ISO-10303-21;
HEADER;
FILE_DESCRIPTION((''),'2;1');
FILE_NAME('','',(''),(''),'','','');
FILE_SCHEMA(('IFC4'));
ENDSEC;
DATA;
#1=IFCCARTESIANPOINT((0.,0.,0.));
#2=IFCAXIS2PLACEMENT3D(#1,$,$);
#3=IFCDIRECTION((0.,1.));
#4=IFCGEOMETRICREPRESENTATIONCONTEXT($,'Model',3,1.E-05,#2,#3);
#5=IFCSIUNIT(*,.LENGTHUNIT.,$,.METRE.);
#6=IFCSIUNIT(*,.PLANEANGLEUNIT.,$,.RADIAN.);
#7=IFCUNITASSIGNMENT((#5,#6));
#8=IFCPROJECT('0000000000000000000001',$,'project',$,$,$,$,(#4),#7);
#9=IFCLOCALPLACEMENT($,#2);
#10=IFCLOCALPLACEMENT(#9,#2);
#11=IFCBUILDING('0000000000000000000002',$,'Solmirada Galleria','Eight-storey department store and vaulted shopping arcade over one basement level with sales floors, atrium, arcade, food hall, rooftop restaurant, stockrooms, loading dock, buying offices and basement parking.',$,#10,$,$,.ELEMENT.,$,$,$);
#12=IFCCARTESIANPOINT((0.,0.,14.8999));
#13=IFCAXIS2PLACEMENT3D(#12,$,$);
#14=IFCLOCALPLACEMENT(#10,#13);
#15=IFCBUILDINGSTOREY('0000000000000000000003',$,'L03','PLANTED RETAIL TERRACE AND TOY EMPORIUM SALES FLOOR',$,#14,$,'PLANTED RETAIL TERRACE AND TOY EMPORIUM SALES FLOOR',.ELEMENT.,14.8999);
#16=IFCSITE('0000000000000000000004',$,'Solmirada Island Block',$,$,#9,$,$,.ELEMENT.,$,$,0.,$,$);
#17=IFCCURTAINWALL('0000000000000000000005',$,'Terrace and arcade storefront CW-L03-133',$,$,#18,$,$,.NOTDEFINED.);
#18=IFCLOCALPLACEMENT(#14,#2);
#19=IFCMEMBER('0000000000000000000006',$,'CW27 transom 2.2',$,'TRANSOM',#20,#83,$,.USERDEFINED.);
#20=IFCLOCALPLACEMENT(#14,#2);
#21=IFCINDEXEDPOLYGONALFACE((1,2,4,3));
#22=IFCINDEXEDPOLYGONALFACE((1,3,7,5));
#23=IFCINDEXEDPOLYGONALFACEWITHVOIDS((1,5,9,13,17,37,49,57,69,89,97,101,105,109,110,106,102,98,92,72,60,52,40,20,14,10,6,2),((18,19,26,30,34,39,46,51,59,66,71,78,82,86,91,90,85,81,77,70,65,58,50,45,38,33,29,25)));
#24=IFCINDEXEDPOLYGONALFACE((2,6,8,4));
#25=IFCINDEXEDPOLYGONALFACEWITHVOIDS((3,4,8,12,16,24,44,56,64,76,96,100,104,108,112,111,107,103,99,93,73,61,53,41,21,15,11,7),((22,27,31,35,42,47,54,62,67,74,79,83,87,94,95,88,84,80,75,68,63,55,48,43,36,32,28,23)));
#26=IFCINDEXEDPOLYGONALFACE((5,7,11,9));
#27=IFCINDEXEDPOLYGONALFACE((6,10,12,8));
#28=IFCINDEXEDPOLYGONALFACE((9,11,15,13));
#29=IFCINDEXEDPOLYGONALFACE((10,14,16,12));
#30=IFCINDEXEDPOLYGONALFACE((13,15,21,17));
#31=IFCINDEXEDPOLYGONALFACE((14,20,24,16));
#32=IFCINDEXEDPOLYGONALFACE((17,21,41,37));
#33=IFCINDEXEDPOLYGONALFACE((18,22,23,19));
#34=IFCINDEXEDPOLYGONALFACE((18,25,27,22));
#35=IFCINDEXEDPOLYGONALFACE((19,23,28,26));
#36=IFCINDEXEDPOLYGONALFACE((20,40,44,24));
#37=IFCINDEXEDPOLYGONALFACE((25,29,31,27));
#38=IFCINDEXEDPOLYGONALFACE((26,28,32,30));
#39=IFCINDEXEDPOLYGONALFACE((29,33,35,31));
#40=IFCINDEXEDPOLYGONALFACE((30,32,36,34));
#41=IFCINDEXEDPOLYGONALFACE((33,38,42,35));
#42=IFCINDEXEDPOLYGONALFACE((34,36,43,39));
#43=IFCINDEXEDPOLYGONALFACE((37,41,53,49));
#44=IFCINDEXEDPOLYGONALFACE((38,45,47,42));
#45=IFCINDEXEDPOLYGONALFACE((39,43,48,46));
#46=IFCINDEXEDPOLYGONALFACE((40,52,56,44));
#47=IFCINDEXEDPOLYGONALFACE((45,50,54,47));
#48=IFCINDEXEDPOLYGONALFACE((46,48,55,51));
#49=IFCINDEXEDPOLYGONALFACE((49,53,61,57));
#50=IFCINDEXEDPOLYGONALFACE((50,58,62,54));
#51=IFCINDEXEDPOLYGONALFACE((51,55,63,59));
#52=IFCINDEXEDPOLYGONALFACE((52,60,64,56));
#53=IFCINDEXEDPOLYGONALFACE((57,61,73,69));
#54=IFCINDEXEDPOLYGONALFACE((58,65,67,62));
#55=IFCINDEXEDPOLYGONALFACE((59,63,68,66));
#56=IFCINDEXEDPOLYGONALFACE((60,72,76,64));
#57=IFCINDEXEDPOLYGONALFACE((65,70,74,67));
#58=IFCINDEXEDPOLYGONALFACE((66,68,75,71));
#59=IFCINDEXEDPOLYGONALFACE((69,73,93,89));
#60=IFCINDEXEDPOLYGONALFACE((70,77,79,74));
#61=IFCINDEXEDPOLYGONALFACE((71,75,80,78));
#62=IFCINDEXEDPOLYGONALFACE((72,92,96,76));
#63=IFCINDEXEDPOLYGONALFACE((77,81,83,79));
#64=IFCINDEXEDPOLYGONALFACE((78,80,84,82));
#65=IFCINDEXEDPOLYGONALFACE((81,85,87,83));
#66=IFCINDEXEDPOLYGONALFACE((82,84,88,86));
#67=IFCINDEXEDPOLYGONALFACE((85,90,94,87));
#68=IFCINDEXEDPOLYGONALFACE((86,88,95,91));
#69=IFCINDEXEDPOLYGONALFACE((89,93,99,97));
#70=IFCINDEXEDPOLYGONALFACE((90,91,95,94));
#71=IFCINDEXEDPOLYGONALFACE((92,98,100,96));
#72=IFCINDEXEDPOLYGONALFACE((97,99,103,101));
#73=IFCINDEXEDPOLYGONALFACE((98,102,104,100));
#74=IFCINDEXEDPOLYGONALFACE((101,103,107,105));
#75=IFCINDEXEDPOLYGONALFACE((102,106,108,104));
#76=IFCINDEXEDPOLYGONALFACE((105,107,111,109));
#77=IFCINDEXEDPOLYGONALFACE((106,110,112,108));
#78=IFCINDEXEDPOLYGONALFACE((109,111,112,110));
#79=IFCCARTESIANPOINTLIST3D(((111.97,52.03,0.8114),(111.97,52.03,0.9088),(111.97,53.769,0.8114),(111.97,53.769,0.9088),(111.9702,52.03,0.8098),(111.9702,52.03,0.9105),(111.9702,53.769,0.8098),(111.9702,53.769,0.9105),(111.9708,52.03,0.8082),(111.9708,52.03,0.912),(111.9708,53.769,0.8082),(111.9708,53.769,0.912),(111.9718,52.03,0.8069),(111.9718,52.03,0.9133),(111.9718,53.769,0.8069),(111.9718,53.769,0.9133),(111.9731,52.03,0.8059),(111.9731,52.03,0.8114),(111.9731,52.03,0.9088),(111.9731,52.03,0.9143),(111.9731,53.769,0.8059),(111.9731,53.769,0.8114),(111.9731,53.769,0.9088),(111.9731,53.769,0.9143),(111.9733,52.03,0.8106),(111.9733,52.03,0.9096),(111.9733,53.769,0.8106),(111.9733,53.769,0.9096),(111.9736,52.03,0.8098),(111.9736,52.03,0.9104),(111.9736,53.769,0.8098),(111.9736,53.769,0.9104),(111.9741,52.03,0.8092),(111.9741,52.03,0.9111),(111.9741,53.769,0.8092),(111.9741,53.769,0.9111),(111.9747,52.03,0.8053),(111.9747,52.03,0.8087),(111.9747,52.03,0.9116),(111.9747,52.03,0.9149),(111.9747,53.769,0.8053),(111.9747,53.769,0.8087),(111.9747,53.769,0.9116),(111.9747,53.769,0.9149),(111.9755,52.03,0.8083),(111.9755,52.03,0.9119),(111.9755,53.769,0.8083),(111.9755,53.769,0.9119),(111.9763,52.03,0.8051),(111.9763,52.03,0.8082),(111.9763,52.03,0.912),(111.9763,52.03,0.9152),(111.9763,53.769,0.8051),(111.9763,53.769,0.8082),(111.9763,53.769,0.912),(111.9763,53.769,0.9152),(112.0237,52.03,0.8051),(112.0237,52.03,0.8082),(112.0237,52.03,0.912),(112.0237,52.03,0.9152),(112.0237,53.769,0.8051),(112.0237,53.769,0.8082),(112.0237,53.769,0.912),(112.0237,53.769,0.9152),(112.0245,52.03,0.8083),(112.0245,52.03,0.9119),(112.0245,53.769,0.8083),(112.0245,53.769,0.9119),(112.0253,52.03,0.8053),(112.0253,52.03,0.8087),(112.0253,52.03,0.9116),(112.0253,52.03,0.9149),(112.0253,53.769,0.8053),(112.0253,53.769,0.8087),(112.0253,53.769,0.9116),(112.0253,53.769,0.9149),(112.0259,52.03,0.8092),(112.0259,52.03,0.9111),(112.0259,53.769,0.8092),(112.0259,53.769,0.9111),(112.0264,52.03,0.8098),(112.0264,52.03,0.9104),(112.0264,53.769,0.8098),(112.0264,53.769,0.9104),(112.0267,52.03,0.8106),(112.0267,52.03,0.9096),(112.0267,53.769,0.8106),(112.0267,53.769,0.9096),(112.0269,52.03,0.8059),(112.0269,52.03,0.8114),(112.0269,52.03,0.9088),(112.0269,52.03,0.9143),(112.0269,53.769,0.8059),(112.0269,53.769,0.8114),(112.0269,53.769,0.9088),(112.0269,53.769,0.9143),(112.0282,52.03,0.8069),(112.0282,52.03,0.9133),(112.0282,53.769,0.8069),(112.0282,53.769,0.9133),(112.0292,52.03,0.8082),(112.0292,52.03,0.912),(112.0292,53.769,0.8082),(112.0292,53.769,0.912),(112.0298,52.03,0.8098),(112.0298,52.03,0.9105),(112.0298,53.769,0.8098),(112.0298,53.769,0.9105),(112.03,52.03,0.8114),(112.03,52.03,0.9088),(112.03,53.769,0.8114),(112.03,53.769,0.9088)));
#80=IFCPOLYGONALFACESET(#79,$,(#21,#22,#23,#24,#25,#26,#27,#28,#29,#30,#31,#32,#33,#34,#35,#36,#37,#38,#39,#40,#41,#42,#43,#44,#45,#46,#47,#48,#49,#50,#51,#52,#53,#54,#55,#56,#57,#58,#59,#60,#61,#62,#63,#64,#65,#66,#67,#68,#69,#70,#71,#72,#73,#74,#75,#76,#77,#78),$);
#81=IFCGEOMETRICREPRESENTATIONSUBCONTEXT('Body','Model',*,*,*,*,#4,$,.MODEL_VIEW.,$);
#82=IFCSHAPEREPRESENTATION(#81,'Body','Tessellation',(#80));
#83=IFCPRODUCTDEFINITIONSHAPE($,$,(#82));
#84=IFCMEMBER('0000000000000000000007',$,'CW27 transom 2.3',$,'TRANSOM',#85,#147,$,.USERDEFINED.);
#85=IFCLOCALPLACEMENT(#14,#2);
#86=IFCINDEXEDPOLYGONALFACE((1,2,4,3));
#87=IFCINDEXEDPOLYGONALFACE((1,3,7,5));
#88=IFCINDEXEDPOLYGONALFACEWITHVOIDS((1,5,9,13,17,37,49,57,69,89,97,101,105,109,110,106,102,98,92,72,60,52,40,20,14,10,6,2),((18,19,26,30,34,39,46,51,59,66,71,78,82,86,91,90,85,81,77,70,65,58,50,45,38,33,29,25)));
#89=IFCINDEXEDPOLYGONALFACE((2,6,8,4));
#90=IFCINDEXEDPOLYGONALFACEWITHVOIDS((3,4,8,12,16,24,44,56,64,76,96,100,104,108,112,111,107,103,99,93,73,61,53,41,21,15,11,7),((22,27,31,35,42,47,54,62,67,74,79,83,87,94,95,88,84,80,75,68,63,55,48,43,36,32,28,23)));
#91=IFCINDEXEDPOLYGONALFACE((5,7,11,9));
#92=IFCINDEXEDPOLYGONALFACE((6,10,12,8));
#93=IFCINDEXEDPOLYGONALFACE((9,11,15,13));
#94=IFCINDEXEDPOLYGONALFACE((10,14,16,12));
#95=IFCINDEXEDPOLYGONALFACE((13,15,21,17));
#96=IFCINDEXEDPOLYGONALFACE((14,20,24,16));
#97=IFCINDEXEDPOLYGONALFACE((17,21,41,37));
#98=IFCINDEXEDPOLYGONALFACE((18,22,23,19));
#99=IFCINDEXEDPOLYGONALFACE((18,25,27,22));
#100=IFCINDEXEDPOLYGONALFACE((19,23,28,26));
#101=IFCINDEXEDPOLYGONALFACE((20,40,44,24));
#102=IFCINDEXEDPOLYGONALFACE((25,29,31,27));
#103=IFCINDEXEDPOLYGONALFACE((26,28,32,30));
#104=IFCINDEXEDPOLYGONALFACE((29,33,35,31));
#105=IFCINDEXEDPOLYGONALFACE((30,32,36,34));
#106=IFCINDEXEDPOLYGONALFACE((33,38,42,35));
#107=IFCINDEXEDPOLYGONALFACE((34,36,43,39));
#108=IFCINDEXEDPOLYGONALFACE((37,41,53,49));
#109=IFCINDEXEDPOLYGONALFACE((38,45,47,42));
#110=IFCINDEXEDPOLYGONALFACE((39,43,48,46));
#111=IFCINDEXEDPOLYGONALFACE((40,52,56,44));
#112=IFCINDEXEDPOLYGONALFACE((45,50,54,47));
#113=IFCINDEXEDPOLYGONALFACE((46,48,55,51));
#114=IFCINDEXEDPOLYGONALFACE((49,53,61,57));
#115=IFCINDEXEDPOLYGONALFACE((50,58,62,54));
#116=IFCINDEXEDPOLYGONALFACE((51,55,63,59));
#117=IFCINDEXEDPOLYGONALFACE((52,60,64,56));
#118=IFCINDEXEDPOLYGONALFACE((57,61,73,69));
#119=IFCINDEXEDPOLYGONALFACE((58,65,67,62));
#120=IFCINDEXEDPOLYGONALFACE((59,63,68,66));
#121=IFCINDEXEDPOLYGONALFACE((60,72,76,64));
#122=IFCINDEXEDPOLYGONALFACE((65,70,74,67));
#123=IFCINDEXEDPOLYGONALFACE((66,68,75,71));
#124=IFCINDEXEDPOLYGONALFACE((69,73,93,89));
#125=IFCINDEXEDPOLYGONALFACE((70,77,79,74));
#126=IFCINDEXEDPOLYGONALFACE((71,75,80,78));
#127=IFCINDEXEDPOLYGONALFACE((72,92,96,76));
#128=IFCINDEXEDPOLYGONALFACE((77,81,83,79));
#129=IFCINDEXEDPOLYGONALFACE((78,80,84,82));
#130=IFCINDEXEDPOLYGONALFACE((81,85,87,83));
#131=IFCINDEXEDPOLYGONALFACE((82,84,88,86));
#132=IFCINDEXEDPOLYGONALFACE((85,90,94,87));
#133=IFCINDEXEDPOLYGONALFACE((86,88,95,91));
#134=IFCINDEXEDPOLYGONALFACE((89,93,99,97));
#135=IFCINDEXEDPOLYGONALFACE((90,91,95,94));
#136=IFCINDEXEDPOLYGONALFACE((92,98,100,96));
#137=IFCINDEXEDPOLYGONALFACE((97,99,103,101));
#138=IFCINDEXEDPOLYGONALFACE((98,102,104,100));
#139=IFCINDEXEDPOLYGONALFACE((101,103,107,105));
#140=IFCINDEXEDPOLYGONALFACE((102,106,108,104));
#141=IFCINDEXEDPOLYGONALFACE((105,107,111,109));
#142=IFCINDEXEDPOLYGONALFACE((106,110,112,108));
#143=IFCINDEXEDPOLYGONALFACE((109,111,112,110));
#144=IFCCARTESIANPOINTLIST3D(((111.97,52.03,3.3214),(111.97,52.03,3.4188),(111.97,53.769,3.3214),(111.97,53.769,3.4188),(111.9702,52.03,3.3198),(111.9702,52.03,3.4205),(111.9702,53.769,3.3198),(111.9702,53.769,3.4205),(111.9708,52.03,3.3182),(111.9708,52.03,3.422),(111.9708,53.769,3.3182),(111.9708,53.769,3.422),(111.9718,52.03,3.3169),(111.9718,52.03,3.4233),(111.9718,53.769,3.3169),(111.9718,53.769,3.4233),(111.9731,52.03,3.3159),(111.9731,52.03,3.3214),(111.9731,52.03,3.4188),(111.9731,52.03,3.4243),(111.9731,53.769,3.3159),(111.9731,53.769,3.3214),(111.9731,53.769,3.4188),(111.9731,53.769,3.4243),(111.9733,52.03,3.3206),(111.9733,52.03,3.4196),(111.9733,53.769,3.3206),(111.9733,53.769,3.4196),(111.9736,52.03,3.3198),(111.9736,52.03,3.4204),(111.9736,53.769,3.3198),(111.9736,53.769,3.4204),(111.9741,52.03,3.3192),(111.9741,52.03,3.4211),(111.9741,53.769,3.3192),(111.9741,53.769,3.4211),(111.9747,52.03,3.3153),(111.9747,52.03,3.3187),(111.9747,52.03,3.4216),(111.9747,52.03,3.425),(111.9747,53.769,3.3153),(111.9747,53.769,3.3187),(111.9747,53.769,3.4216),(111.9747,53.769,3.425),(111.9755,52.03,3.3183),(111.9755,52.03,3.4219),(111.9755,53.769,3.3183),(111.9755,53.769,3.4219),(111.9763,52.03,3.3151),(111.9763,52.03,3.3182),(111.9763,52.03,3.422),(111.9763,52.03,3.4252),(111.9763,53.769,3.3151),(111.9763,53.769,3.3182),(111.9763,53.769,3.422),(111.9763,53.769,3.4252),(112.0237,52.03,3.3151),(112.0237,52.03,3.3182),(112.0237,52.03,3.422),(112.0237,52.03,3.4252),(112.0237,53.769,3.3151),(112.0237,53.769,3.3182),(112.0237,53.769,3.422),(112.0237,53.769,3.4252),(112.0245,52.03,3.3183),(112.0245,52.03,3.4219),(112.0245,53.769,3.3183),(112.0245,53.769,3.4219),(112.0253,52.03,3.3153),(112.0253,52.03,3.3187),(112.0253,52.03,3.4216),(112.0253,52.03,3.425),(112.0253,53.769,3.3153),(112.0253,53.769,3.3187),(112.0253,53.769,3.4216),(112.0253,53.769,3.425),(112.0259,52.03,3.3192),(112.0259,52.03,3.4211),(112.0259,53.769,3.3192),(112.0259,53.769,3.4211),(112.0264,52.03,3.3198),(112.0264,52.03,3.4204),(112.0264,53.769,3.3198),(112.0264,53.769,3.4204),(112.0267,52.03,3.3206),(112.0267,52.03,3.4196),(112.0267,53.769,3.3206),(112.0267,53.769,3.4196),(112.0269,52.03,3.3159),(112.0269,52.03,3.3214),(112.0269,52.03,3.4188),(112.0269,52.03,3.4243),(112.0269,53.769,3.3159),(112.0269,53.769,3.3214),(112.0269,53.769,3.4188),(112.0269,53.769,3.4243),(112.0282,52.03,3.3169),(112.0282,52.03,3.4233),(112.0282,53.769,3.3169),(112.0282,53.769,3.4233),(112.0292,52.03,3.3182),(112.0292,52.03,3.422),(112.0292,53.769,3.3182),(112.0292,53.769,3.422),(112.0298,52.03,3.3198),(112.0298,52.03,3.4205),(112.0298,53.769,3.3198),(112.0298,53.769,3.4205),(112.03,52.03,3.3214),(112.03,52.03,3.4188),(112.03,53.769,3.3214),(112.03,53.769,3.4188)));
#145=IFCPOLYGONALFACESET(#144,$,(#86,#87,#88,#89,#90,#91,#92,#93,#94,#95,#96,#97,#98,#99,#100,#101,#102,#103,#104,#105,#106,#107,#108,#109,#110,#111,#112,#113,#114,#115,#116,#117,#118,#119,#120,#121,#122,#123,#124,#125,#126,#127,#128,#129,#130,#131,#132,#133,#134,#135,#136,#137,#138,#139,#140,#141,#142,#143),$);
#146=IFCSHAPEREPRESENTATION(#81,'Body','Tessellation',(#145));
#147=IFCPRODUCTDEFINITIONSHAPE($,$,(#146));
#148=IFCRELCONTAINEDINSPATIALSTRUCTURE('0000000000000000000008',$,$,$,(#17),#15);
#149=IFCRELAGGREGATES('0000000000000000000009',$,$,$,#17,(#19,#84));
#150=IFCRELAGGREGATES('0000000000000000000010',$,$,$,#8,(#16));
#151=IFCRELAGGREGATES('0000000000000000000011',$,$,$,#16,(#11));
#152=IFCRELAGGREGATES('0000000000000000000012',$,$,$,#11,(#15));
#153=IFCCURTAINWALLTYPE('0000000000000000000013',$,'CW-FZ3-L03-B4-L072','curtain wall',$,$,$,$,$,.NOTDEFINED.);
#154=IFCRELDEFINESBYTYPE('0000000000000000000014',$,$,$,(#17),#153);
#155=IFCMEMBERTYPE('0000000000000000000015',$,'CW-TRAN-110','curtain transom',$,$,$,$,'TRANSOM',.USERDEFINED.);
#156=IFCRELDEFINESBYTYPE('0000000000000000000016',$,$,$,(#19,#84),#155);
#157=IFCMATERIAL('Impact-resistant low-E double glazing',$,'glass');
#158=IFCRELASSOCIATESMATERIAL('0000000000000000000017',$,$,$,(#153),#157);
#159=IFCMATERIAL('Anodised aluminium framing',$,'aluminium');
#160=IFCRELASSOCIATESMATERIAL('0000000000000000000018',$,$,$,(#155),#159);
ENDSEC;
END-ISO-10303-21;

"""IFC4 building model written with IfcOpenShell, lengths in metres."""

from ifc_helpers import new_model, si_unit, direction, frame, origin, origin_2d, place, context, subcontext, project, spatial, hollow_rectangle, extrude, material, material_profile, profile_set, type_object, element, aggregate, save


model = new_model("IFC4")

# Units and contexts
model_context = context("Model", 3, precision=1e-05, world=origin(), true_north=direction((0.0, 1.0)))
body_context = subcontext(model_context, "Body", "Model", "MODEL_VIEW")
ifc_project = project(units=[si_unit("LENGTHUNIT", "METRE"), si_unit("PLANEANGLEUNIT", "RADIAN")], contexts=[model_context])

# Site, building, storey
site_placement = place(None, origin())
site = spatial("IfcSite", under=ifc_project, at=site_placement, Name="Solmirada Island Block", CompositionType="ELEMENT", RefElevation=0.0)
building_placement = place(site_placement, origin())
building = spatial("IfcBuilding", under=site, at=building_placement, Name="Solmirada Galleria", Description="Eight-storey department store and vaulted shopping arcade over one basement level with sales floors, atrium, arcade, food hall, rooftop restaurant, stockrooms, loading dock, buying offices and basement parking.", CompositionType="ELEMENT")
storey_placement = place(building_placement, frame((0.0, 0.0, 14.8999)))
storey = spatial("IfcBuildingStorey", under=building, at=storey_placement, Name="L03", Description="PLANTED RETAIL TERRACE AND TOY EMPORIUM SALES FLOOR", LongName="PLANTED RETAIL TERRACE AND TOY EMPORIUM SALES FLOOR", CompositionType="ELEMENT", Elevation=14.8999)

# Shared definitions
ifc_material_1 = material(Name="Impact-resistant low-E double glazing", Category="glass")
curtain_wall_type = type_object("IfcCurtainWallType", Name="CW-FZ3-L03-B4-L072", Description="curtain wall", PredefinedType="NOTDEFINED", material=ifc_material_1)
ifc_material_2 = material(Name="Anodised aluminium framing", Category="aluminium")

# Curtain wall, members
curtain_wall_1_placement = place(storey_placement, origin())
curtain_wall_1 = element("IfcCurtainWall", 1, at=curtain_wall_1_placement, inside=storey, type_object=curtain_wall_type, Name="Terrace and arcade storefront CW-L03-133", PredefinedType="NOTDEFINED")
ifc_material_profile_1 = material_profile(ifc_material_2, hollow_rectangle(XDim=0.0601, YDim=0.1101, WallThickness=0.0032, InnerFilletRadius=0.0032, OuterFilletRadius=0.0063, at=origin_2d()), Name="ALU-TRAN-110X60")
ifc_profile_set_1 = profile_set([ifc_material_profile_1], Name="Anodised aluminium framing")
member_type_1 = type_object("IfcMemberType", Name="CW-TRAN-110", Description="curtain transom", ElementType="TRANSOM", PredefinedType="USERDEFINED", material=ifc_profile_set_1)
member_1_placement = place(storey_placement, frame((112.0, 53.769, 0.8601), z_axis=(0.0, -1.0, 0.0), x_axis=(1.0, 0.0, 0.0)))
member_1 = element("IfcMember", 2, at=member_1_placement, type_object=member_type_1, Name="CW27 transom 2.2", ObjectType="TRANSOM", PredefinedType="USERDEFINED", context=body_context, shape_type="SweptSolid", body=[
    extrude(hollow_rectangle(XDim=0.0601, YDim=0.1101, WallThickness=0.0032, InnerFilletRadius=0.0032, OuterFilletRadius=0.0063, at=origin_2d()), origin(), (0.0, 0.0, 1.0), 1.739),
])
member_2_placement = place(storey_placement, frame((112.0, 53.769, 3.3701), z_axis=(0.0, -1.0, 0.0), x_axis=(1.0, 0.0, 0.0)))
member_2 = element("IfcMember", 3, at=member_2_placement, type_object=member_type_1, Name="CW27 transom 2.3", ObjectType="TRANSOM", PredefinedType="USERDEFINED", context=body_context, shape_type="SweptSolid", body=[
    extrude(hollow_rectangle(XDim=0.0601, YDim=0.1101, WallThickness=0.0032, InnerFilletRadius=0.0032, OuterFilletRadius=0.0063, at=origin_2d()), origin(), (0.0, 0.0, 1.0), 1.739),
])

aggregate(curtain_wall_1, [member_1, member_2])

save(model, "model.ifc")
